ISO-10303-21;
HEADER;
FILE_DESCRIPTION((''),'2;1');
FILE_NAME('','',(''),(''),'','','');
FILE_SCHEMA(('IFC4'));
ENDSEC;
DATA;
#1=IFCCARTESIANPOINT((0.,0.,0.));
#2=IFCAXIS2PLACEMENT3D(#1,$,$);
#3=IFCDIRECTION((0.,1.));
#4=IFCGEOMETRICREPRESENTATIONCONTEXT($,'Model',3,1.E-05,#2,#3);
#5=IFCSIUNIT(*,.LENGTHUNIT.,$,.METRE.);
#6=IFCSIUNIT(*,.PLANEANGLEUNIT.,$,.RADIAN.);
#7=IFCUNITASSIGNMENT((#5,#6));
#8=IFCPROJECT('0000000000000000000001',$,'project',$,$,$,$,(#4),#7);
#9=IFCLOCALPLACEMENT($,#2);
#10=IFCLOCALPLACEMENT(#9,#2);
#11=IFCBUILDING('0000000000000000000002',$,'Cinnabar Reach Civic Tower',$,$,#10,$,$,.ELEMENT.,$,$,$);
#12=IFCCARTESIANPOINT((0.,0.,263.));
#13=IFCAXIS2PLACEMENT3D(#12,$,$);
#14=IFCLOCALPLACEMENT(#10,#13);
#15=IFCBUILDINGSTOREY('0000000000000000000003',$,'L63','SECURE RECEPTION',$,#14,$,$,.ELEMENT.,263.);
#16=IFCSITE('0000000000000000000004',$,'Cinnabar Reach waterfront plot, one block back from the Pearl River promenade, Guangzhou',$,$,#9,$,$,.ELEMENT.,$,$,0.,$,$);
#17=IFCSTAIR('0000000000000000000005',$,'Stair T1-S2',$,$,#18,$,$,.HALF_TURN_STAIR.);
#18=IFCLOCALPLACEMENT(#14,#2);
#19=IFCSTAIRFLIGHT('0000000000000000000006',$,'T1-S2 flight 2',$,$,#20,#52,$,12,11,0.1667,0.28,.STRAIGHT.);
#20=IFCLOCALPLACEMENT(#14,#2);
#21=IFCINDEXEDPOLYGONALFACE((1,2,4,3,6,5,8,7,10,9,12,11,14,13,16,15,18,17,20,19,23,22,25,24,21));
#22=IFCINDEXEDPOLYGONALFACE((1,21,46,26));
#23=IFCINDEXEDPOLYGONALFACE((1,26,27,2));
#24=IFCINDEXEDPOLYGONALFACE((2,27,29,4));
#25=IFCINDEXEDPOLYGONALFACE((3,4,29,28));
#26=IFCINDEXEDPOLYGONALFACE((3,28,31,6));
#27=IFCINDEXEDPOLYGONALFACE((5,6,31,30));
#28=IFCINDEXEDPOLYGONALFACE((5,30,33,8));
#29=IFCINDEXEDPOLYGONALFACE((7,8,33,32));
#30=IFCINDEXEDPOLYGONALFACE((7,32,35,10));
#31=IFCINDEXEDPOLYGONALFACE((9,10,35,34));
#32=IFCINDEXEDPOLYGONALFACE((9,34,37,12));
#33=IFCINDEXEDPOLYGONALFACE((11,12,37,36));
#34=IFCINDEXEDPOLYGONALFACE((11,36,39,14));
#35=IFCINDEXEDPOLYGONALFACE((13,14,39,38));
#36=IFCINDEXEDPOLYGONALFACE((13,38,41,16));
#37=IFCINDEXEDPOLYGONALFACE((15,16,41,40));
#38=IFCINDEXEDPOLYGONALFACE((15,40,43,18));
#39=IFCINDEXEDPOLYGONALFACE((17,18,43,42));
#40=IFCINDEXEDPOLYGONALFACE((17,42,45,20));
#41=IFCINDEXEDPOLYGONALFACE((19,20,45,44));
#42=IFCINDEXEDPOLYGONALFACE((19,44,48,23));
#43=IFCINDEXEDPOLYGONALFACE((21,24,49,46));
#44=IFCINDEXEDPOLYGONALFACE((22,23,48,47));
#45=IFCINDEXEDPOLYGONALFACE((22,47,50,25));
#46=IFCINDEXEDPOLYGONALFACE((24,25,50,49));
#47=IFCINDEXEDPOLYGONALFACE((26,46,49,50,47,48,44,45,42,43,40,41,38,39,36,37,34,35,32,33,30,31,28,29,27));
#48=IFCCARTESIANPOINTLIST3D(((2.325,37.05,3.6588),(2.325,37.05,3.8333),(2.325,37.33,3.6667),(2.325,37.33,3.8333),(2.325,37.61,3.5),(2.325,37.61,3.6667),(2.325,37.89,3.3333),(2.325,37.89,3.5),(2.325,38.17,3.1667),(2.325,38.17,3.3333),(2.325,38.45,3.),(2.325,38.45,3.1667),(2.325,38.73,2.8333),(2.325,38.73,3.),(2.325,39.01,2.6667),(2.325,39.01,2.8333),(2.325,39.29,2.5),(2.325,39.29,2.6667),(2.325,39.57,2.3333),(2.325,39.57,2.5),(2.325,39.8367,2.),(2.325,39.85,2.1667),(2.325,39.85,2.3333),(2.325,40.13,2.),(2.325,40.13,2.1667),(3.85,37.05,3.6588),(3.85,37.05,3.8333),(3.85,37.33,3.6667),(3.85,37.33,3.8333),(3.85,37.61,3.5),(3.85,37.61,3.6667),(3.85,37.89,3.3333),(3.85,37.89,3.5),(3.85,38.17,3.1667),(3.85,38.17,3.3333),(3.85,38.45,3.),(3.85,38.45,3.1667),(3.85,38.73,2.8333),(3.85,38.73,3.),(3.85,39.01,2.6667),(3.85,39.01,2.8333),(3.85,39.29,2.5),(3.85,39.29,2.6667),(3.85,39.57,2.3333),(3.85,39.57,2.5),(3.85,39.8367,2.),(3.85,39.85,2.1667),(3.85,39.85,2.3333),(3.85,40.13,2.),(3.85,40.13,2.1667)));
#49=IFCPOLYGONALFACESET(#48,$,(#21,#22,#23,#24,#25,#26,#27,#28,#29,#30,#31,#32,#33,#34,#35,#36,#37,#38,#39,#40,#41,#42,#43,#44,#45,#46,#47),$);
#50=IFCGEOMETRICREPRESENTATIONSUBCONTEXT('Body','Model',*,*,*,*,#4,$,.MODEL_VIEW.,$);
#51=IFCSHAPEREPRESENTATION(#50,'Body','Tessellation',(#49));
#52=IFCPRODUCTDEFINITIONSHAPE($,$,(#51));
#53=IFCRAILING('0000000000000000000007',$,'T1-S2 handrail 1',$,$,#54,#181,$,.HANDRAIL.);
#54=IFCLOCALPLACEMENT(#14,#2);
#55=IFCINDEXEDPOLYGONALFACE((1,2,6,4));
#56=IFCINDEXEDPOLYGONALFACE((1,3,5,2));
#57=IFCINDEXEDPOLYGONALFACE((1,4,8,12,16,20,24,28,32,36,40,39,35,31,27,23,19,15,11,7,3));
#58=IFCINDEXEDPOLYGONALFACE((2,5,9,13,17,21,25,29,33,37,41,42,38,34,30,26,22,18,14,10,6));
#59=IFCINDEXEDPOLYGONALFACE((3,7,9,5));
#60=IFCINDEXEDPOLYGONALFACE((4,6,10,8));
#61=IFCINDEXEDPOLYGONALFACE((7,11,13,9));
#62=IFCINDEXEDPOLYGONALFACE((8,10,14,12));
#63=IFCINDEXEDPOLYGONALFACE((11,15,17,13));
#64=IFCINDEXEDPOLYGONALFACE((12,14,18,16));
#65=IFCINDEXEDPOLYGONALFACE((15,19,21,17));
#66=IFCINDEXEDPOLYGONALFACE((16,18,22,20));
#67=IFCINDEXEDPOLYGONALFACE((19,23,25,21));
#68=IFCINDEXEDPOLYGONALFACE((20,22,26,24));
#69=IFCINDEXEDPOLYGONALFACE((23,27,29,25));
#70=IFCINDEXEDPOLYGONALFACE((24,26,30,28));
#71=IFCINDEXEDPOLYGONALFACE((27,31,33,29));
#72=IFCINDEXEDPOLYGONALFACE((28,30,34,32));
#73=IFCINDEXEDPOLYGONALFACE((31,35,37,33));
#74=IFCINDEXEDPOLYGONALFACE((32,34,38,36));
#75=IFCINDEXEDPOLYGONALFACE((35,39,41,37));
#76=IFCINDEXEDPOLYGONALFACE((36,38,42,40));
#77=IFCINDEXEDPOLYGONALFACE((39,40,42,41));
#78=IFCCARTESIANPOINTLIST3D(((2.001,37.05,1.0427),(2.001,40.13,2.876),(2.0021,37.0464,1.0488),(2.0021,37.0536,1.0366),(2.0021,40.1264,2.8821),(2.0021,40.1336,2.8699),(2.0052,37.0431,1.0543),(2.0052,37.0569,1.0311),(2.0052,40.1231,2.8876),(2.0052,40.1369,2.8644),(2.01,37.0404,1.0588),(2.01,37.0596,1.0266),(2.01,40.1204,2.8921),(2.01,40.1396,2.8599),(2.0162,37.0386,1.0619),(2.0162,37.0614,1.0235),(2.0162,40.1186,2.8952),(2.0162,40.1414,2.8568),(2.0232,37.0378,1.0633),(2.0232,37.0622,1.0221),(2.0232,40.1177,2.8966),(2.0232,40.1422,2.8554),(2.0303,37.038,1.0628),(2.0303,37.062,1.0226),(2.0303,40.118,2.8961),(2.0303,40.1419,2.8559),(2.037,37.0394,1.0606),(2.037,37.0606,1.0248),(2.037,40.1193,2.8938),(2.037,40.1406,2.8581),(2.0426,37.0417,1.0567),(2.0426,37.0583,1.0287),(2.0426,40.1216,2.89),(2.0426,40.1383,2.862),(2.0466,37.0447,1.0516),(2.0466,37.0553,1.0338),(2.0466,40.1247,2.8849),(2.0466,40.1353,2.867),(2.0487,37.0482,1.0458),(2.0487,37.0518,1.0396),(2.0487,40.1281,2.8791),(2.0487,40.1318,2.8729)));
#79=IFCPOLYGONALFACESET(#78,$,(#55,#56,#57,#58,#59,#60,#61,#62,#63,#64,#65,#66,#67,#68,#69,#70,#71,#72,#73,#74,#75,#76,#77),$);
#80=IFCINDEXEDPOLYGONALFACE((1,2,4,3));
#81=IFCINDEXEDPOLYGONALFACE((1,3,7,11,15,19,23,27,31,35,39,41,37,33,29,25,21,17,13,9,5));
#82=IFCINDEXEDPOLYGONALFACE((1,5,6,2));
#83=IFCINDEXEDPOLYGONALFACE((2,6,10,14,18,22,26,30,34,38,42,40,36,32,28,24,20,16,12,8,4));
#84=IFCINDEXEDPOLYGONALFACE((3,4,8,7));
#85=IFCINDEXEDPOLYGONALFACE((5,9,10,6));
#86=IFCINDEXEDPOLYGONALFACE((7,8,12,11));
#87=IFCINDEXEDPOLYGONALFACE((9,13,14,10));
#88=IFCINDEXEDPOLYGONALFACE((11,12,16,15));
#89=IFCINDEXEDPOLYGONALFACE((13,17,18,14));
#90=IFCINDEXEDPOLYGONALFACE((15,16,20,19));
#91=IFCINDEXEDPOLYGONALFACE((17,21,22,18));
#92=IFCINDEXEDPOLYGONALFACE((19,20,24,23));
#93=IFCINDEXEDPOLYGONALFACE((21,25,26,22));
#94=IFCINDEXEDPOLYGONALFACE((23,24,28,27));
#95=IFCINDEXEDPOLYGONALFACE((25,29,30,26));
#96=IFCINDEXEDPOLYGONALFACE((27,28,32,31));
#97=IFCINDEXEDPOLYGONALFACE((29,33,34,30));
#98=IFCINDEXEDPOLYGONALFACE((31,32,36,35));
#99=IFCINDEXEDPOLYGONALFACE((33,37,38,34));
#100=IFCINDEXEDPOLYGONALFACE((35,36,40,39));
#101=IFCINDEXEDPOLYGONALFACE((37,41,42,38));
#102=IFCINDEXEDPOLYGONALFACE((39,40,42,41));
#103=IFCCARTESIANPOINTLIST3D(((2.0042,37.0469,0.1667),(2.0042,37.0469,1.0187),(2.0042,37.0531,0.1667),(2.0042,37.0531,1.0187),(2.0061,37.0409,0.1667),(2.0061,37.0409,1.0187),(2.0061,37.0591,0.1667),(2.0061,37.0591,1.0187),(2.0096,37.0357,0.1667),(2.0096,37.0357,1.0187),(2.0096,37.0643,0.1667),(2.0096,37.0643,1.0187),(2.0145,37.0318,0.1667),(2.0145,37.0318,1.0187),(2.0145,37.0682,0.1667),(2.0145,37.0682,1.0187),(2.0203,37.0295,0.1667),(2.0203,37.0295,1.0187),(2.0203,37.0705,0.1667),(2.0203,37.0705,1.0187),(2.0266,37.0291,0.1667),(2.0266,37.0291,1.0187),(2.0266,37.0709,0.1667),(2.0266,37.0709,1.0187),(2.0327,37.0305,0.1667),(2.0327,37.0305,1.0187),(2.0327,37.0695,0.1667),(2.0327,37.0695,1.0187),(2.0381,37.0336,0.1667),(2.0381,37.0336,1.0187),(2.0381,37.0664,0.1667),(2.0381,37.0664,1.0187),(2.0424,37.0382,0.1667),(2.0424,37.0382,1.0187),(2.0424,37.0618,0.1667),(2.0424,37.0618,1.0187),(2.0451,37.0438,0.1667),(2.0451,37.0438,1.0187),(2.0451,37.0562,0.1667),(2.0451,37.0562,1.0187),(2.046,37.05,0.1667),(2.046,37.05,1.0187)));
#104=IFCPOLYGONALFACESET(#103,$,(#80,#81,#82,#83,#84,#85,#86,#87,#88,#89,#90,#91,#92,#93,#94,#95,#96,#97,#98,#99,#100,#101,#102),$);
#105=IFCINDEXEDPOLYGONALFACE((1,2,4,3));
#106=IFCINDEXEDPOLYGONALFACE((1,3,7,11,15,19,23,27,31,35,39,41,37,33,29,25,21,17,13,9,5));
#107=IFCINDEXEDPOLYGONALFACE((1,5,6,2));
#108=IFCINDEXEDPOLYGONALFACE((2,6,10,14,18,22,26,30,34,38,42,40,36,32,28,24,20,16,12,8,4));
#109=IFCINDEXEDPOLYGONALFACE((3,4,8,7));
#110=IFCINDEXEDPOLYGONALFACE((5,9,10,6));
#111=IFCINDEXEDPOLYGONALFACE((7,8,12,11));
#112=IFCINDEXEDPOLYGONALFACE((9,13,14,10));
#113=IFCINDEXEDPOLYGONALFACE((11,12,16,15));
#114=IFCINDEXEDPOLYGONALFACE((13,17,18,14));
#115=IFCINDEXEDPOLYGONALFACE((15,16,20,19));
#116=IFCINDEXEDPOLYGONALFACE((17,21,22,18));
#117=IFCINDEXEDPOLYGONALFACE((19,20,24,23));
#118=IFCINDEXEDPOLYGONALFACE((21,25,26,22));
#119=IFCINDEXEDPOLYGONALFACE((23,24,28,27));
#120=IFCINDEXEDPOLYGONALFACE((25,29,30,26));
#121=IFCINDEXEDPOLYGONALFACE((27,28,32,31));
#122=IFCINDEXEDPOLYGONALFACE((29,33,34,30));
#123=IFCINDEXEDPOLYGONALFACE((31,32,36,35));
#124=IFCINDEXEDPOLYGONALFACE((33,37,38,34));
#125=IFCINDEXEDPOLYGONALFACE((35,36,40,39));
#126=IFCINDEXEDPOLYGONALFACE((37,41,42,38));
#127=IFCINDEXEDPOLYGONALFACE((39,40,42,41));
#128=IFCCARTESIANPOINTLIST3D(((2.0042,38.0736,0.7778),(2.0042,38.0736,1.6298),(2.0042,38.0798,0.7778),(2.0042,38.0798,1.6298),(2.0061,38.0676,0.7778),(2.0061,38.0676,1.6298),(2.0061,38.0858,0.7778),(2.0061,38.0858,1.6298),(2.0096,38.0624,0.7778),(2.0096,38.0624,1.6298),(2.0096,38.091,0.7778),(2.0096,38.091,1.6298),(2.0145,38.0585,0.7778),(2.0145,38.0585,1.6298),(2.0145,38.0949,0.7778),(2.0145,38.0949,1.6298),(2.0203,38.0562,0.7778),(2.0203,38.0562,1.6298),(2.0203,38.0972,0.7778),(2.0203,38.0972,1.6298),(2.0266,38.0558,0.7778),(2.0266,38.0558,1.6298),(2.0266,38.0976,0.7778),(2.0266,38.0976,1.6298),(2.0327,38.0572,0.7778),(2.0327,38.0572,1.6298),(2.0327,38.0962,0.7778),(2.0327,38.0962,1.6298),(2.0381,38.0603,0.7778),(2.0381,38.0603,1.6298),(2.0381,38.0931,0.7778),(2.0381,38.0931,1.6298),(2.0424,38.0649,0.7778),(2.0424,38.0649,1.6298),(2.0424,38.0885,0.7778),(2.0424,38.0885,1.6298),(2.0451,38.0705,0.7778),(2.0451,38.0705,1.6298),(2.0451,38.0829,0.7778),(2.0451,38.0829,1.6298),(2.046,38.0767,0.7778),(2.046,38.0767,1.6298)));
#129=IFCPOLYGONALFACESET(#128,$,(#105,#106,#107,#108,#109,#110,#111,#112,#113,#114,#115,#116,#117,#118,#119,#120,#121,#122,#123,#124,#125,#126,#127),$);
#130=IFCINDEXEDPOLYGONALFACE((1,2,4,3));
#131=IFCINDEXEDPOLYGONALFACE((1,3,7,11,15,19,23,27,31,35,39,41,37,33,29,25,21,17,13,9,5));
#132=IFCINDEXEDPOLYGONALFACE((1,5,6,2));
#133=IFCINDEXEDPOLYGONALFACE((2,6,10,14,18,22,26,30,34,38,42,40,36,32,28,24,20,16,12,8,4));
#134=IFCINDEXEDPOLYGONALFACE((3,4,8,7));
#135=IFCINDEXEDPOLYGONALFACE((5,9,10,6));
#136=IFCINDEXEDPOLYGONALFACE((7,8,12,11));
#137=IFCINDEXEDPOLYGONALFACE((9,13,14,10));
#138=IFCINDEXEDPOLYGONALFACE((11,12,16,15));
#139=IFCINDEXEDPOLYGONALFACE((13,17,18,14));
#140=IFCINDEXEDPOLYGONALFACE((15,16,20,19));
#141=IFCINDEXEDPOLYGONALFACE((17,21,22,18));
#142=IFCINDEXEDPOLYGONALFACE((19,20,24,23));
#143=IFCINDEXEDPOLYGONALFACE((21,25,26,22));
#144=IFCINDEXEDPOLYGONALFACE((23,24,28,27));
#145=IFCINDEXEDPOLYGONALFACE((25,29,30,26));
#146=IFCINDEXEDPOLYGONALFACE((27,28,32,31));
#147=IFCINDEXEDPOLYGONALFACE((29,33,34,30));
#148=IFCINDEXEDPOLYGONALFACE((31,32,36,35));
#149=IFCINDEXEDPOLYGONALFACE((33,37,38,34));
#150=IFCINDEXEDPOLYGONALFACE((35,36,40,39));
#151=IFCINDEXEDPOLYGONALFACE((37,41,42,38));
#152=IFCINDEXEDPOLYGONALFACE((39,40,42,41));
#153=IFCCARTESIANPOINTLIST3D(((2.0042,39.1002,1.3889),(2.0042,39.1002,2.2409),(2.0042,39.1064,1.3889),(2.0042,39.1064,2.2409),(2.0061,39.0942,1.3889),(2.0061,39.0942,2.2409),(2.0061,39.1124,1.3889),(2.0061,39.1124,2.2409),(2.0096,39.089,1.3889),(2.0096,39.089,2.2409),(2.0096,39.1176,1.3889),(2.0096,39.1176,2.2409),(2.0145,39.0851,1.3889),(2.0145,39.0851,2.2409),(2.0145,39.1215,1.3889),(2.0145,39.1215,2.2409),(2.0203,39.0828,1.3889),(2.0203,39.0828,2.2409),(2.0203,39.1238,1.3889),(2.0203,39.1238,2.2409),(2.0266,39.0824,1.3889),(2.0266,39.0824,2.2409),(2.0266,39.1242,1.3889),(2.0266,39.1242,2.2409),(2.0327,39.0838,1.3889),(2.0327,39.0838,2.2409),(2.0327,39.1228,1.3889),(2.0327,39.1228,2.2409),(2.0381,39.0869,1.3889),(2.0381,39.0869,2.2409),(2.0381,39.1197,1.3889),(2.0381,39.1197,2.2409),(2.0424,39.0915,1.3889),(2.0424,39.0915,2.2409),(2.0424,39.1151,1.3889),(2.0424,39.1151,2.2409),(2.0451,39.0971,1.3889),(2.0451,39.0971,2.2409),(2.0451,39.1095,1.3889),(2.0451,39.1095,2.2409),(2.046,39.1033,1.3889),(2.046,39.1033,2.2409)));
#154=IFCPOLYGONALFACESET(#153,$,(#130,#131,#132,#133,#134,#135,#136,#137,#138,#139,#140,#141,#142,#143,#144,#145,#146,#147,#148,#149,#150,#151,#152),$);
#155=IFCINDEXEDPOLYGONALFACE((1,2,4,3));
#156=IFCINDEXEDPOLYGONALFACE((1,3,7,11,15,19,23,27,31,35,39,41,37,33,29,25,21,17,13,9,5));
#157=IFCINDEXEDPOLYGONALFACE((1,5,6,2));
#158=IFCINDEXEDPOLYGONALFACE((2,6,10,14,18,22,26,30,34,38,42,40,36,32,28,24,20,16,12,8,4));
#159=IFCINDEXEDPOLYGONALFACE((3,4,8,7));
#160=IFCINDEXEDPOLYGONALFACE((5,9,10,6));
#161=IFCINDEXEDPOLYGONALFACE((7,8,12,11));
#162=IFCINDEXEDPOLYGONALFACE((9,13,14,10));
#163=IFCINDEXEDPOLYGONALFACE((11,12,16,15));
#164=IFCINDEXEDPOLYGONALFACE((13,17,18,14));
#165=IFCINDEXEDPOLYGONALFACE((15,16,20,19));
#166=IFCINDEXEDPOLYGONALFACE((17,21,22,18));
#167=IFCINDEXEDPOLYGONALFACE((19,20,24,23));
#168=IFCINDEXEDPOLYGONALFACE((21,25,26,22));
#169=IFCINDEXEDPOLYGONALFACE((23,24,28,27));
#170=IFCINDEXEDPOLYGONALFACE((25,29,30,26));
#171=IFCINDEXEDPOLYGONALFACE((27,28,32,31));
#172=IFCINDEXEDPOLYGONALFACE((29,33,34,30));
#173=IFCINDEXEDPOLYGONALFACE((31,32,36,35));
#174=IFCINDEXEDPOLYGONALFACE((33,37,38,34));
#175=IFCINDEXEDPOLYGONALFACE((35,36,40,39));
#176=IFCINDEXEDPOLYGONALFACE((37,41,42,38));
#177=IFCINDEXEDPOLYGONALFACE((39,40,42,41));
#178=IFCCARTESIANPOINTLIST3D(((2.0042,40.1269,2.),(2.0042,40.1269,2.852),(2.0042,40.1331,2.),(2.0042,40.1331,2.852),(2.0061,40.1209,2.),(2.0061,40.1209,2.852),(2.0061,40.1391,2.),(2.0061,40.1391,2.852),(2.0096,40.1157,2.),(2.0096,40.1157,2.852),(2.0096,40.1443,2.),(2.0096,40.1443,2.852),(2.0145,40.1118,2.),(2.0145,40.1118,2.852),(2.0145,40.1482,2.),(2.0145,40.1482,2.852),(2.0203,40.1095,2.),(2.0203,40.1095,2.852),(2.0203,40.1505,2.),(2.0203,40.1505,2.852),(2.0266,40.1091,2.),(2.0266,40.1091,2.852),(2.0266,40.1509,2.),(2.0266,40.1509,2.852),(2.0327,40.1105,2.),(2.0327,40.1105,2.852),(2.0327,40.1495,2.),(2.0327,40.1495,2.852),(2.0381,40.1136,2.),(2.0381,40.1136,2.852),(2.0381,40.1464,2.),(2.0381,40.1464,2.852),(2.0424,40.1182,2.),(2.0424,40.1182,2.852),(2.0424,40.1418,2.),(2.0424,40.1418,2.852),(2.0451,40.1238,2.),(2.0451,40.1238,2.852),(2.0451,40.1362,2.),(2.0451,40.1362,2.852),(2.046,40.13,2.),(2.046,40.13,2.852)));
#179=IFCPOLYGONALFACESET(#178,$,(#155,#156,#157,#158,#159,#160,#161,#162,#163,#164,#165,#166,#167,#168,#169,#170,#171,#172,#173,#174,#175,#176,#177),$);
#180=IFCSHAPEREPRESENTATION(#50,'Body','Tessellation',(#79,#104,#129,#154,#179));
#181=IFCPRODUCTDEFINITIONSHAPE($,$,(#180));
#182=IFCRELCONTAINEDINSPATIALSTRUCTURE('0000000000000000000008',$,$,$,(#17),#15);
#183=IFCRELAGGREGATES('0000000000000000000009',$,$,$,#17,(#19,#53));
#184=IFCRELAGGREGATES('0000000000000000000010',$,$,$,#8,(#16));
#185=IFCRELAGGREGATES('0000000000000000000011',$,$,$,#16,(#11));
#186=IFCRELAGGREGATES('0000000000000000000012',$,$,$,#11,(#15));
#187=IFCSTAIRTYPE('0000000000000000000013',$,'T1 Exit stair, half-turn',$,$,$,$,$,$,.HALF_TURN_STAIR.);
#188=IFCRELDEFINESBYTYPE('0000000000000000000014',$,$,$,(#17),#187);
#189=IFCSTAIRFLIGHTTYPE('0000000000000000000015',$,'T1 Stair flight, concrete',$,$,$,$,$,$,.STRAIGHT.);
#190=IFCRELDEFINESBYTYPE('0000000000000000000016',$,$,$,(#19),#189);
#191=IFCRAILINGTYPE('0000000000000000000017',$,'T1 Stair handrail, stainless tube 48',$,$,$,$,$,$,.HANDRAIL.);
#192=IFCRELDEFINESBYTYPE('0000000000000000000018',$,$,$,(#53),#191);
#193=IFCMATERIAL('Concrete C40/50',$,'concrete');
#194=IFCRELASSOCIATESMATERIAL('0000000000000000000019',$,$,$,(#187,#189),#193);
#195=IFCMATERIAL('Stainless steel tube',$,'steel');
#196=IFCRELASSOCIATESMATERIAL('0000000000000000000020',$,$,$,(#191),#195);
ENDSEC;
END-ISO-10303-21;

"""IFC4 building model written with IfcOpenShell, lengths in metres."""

from ifc_helpers import new_model, si_unit, direction, frame, origin, origin_2d, place, context, subcontext, project, spatial, polyline, circle, outline, extrude, material, type_object, element, aggregate, save


model = new_model("IFC4")

# Units and contexts
model_context = context("Model", 3, precision=1e-05, world=origin(), true_north=direction((0.0, 1.0)))
body_context = subcontext(model_context, "Body", "Model", "MODEL_VIEW")
ifc_project = project(units=[si_unit("LENGTHUNIT", "METRE"), si_unit("PLANEANGLEUNIT", "RADIAN")], contexts=[model_context])

# Site, building, storey
site_placement = place(None, origin())
site = spatial("IfcSite", under=ifc_project, at=site_placement, Name="Cinnabar Reach waterfront plot, one block back from the Pearl River promenade, Guangzhou", CompositionType="ELEMENT", RefElevation=0.0)
building_placement = place(site_placement, origin())
building = spatial("IfcBuilding", under=site, at=building_placement, Name="Cinnabar Reach Civic Tower", CompositionType="ELEMENT")
storey_placement = place(building_placement, frame((0.0, 0.0, 263.0)))
storey = spatial("IfcBuildingStorey", under=building, at=storey_placement, Name="L63", Description="SECURE RECEPTION", CompositionType="ELEMENT", Elevation=263.0)

# Shared definitions
ifc_material_1 = material(Name="Concrete C40/50", Category="concrete")

# Stair, stair flight, railing
stair_type = type_object("IfcStairType", Name="T1 Exit stair, half-turn", PredefinedType="HALF_TURN_STAIR", material=ifc_material_1)
stair_placement = place(storey_placement, origin())
stair = element("IfcStair", 1, at=stair_placement, inside=storey, type_object=stair_type, Name="Stair T1-S2", PredefinedType="HALF_TURN_STAIR")
stair_flight_type = type_object("IfcStairFlightType", Name="T1 Stair flight, concrete", PredefinedType="STRAIGHT", material=ifc_material_1)
stair_flight_1_placement = place(storey_placement, frame((3.0875, 40.13, 2.0), z_axis=(0.0, 0.0, 1.0), x_axis=(0.0, -1.0, 0.0)))
stair_flight_1 = element("IfcStairFlight", 2, at=stair_flight_1_placement, type_object=stair_flight_type, Name="T1-S2 flight 2", NumberOfRisers=12, NumberOfTreads=11, PredefinedType="STRAIGHT", RiserHeight=0.1667, TreadLength=0.28, context=body_context, shape_type="SweptSolid", body=[
    extrude(outline(polyline([(0.0, 0.0), (0.0, 0.1667), (0.28, 0.1667), (0.28, 0.3333), (0.56, 0.3333), (0.56, 0.5), (0.84, 0.5), (0.84, 0.6667), (1.12, 0.6667), (1.12, 0.8333), (1.4, 0.8333), (1.4, 1.0), (1.68, 1.0), (1.68, 1.1667), (1.96, 1.1667), (1.96, 1.3333), (2.24, 1.3333), (2.24, 1.5), (2.52, 1.5), (2.52, 1.6667), (2.8, 1.6667), (2.8, 1.8333), (3.08, 1.8333), (3.08, 2.0), (3.08, 1.6588), (0.2933, 0.0), (0.0, 0.0)])), frame((0.0, 0.7625, 0.0), z_axis=(0.0, -1.0, 0.0), x_axis=(1.0, 0.0, 0.0)), (0.0, 0.0, 1.0), 1.525),
])
ifc_material_2 = material(Name="Stainless steel tube", Category="steel")
railing_type = type_object("IfcRailingType", Name="T1 Stair handrail, stainless tube 48", PredefinedType="HANDRAIL", material=ifc_material_2)
railing_1_placement = place(storey_placement, frame((2.025, 37.05, 0.1667)))
railing_1 = element("IfcRailing", 3, at=railing_1_placement, type_object=railing_type, Name="T1-S2 handrail 1", PredefinedType="HANDRAIL", context=body_context, shape_type="SweptSolid", body=[
    extrude(circle(Radius=0.024, at=origin_2d()), frame((0.0, 0.0, 0.876), z_axis=(0.0, 0.859297, 0.511477), x_axis=(-1.0, 0.0, 0.0)), (0.0, 0.0, 1.0), 3.5843),
    extrude(circle(Radius=0.021, at=origin_2d()), origin(), (0.0, 0.0, 1.0), 0.852),
    extrude(circle(Radius=0.021, at=origin_2d()), frame((0.0, 1.0267, 0.6111)), (0.0, 0.0, 1.0), 0.852),
    extrude(circle(Radius=0.021, at=origin_2d()), frame((0.0, 2.0533, 1.2222)), (0.0, 0.0, 1.0), 0.852),
    extrude(circle(Radius=0.021, at=origin_2d()), frame((0.0, 3.08, 1.8333)), (0.0, 0.0, 1.0), 0.852),
])
aggregate(stair, [stair_flight_1, railing_1])

save(model, "model.ifc")
